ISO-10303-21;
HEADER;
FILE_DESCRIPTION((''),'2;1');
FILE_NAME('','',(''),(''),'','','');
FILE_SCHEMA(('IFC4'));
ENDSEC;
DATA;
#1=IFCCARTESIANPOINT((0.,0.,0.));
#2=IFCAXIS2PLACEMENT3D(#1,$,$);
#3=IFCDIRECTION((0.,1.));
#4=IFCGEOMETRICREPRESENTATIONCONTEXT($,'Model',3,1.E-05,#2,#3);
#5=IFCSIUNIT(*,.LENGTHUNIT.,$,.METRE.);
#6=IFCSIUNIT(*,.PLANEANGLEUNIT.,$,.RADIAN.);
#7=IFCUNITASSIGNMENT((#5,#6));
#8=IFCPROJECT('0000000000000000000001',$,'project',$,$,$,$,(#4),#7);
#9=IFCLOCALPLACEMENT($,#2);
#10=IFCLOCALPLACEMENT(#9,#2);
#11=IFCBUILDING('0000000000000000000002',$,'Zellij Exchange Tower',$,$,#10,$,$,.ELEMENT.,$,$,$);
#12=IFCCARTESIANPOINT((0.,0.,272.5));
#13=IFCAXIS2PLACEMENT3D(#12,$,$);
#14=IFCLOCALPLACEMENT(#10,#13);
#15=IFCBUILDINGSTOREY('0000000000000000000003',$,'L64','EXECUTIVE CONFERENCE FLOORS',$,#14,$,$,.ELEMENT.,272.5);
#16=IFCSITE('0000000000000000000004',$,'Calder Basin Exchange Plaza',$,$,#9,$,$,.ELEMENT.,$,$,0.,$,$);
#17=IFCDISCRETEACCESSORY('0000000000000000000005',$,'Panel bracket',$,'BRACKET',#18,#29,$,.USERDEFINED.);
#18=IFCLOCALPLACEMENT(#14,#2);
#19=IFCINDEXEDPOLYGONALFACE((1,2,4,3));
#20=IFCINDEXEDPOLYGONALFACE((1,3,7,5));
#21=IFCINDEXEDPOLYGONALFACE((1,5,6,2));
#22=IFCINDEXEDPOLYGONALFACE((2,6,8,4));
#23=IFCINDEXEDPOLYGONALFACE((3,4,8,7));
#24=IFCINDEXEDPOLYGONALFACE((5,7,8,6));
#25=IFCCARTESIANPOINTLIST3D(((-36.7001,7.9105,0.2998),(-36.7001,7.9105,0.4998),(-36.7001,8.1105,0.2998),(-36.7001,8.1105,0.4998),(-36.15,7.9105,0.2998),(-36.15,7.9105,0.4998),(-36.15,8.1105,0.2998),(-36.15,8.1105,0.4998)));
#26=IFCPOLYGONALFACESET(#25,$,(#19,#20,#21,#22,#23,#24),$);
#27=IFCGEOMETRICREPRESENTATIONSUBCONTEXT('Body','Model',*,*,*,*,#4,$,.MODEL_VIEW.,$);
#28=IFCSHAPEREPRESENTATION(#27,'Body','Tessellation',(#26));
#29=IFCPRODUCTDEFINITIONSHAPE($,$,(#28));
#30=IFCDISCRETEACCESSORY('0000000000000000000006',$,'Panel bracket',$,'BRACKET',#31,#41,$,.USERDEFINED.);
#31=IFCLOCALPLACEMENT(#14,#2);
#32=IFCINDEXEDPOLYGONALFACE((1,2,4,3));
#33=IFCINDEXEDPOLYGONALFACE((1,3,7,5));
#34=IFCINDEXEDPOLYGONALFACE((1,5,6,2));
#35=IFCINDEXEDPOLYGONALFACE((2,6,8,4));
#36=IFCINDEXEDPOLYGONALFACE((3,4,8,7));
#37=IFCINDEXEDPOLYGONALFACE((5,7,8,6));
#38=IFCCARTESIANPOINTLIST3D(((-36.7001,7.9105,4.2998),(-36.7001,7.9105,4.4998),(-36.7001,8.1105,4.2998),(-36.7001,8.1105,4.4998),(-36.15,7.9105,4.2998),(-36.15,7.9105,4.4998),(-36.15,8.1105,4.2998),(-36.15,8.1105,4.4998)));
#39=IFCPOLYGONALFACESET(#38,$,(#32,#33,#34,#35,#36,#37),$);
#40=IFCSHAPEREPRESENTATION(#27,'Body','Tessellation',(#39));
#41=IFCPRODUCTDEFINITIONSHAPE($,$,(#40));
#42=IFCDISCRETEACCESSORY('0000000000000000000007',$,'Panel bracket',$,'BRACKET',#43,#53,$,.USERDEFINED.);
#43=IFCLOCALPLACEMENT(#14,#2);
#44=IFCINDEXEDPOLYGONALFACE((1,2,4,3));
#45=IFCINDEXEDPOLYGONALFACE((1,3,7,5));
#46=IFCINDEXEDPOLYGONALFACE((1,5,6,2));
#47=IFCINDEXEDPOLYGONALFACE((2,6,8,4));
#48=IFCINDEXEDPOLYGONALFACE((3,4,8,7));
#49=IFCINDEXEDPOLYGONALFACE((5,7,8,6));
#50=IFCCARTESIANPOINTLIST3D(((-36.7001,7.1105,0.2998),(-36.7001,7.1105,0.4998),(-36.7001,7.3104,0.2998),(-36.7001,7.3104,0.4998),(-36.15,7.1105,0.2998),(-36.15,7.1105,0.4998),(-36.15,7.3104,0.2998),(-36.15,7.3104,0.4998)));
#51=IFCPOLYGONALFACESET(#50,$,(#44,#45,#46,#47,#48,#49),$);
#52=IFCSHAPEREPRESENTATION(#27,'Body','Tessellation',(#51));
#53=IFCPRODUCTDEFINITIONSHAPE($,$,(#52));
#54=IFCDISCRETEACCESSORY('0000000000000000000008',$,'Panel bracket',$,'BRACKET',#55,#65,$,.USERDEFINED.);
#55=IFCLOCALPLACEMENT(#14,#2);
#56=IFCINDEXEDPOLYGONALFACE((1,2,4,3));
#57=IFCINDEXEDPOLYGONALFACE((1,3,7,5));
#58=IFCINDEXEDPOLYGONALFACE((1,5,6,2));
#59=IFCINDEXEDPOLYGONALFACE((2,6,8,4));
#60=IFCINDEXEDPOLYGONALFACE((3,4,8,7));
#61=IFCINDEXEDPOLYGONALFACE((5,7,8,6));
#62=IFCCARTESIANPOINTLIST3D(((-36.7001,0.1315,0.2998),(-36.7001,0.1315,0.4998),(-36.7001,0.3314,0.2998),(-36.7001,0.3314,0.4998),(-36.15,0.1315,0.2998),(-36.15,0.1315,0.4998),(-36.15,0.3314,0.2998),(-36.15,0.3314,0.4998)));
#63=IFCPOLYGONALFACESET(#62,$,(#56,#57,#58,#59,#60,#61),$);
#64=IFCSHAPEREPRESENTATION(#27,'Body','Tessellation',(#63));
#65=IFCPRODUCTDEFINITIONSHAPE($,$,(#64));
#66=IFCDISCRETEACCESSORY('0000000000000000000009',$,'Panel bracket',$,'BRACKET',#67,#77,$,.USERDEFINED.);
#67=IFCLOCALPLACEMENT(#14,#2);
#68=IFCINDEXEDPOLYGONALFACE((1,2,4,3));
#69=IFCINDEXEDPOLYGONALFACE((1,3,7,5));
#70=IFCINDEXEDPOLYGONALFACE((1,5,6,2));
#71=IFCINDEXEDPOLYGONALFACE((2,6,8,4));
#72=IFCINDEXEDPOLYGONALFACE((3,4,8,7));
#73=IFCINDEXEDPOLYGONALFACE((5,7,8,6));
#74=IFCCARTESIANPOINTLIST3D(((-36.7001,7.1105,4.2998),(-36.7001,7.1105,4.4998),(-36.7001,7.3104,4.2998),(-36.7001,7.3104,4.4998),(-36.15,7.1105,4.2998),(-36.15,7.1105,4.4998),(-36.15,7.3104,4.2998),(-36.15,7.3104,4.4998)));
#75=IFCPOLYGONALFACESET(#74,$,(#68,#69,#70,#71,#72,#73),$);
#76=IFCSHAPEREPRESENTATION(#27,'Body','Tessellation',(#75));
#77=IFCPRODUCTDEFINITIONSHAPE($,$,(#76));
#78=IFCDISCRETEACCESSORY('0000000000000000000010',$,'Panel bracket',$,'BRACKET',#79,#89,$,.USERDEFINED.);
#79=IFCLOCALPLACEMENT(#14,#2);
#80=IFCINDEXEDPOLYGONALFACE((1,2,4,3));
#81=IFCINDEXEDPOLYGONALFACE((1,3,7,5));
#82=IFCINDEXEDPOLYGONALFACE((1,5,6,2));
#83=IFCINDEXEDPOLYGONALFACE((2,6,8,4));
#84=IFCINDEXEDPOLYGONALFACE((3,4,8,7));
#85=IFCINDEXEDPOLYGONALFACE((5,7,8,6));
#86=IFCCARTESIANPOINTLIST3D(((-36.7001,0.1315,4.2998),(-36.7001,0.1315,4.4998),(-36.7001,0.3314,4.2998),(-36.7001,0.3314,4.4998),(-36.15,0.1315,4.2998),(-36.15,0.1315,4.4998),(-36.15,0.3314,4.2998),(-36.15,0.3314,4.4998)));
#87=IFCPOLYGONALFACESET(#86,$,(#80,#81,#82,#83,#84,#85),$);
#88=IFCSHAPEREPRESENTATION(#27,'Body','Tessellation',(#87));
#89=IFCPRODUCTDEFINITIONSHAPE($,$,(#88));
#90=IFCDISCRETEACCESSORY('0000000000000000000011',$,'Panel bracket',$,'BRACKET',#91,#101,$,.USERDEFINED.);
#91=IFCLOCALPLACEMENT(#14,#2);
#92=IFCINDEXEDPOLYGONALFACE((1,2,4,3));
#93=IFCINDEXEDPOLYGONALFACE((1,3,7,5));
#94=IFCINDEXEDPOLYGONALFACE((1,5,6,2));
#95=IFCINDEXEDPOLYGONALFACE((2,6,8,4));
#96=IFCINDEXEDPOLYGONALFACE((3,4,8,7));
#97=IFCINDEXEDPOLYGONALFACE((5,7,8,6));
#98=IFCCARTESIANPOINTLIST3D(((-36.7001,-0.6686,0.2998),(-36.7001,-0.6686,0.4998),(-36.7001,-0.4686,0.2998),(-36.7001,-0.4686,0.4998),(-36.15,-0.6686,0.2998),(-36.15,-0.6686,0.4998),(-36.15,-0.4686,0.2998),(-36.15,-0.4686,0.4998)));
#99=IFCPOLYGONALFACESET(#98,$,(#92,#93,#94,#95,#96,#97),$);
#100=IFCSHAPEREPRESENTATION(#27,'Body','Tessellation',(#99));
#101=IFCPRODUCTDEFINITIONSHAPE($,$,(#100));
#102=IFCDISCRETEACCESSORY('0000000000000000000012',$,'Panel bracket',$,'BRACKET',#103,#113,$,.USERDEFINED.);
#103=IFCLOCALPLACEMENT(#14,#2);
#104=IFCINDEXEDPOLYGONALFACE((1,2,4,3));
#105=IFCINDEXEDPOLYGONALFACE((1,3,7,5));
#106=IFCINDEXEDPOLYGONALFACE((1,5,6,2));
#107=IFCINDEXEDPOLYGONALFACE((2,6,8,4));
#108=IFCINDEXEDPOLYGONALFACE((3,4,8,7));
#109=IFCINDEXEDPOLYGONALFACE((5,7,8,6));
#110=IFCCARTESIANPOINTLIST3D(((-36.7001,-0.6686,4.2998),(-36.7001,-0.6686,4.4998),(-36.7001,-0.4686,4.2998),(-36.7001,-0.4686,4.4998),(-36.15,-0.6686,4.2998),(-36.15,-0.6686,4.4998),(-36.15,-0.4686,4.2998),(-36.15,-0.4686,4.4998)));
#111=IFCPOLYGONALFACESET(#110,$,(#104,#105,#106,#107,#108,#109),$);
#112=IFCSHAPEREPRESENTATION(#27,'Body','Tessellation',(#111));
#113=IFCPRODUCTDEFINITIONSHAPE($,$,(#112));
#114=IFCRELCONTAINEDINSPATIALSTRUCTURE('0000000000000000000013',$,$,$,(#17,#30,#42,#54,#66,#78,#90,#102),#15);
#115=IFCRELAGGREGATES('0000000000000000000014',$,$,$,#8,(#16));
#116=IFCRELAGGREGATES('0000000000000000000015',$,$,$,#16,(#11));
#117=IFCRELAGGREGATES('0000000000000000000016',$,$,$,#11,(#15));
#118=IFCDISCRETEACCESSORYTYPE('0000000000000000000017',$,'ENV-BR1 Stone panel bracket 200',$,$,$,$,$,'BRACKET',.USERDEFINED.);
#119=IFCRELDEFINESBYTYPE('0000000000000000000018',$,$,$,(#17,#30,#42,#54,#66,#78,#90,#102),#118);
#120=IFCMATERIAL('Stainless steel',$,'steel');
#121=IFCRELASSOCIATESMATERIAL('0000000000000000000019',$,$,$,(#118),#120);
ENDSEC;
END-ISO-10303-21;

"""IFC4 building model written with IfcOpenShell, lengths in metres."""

from ifc_helpers import new_model, si_unit, direction, frame, origin, origin_2d, place, context, subcontext, project, spatial, rectangle, extrude, material, type_object, element, save


model = new_model("IFC4")

# Units and contexts
model_context = context("Model", 3, precision=1e-05, world=origin(), true_north=direction((0.0, 1.0)))
body_context = subcontext(model_context, "Body", "Model", "MODEL_VIEW")
ifc_project = project(units=[si_unit("LENGTHUNIT", "METRE"), si_unit("PLANEANGLEUNIT", "RADIAN")], contexts=[model_context])

# Site, building, storey
site_placement = place(None, origin())
site = spatial("IfcSite", under=ifc_project, at=site_placement, Name="Calder Basin Exchange Plaza", CompositionType="ELEMENT", RefElevation=0.0)
building_placement = place(site_placement, origin())
building = spatial("IfcBuilding", under=site, at=building_placement, Name="Zellij Exchange Tower", CompositionType="ELEMENT")
storey_placement = place(building_placement, frame((0.0, 0.0, 272.5)))
storey = spatial("IfcBuildingStorey", under=building, at=storey_placement, Name="L64", Description="EXECUTIVE CONFERENCE FLOORS", CompositionType="ELEMENT", Elevation=272.5)

# Discrete accessories
ifc_material_1 = material(Name="Stainless steel", Category="steel")
discrete_accessory_type = type_object("IfcDiscreteAccessoryType", Name="ENV-BR1 Stone panel bracket 200", ElementType="BRACKET", PredefinedType="USERDEFINED", material=ifc_material_1)
for number, where, z_axis, x_axis, name in (
    (1, (-36.425, 8.0105, 0.2998), (0.0, 0.0, 1.0), (0.0, -1.0, 0.0), "Panel bracket"),
    (2, (-36.425, 8.0105, 4.2998), (0.0, 0.0, 1.0), (0.0, -1.0, 0.0), "Panel bracket"),
    (3, (-36.425, 7.2104, 0.2998), (0.0, 0.0, 1.0), (0.0, -1.0, 0.0), "Panel bracket"),
    (4, (-36.425, 0.2314, 0.2998), (0.0, 0.0, 1.0), (0.0, -1.0, 0.0), "Panel bracket"),
    (5, (-36.425, 7.2104, 4.2998), (0.0, 0.0, 1.0), (0.0, -1.0, 0.0), "Panel bracket"),
    (6, (-36.425, 0.2314, 4.2998), (0.0, 0.0, 1.0), (0.0, -1.0, 0.0), "Panel bracket"),
    (7, (-36.425, -0.5686, 0.2998), (0.0, 0.0, 1.0), (0.0, -1.0, 0.0), "Panel bracket"),
    (8, (-36.425, -0.5686, 4.2998), (0.0, 0.0, 1.0), (0.0, -1.0, 0.0), "Panel bracket"),
):
    element("IfcDiscreteAccessory", number, at=place(storey_placement, frame(where, z_axis=z_axis, x_axis=x_axis)), inside=storey, type_object=discrete_accessory_type, Name=name, ObjectType="BRACKET", PredefinedType="USERDEFINED", context=body_context, shape_type="SweptSolid", body=[
        extrude(rectangle(XDim=0.2, YDim=0.55, at=origin_2d()), origin(), (0.0, 0.0, 1.0), 0.2),
    ])

save(model, "model.ifc")
